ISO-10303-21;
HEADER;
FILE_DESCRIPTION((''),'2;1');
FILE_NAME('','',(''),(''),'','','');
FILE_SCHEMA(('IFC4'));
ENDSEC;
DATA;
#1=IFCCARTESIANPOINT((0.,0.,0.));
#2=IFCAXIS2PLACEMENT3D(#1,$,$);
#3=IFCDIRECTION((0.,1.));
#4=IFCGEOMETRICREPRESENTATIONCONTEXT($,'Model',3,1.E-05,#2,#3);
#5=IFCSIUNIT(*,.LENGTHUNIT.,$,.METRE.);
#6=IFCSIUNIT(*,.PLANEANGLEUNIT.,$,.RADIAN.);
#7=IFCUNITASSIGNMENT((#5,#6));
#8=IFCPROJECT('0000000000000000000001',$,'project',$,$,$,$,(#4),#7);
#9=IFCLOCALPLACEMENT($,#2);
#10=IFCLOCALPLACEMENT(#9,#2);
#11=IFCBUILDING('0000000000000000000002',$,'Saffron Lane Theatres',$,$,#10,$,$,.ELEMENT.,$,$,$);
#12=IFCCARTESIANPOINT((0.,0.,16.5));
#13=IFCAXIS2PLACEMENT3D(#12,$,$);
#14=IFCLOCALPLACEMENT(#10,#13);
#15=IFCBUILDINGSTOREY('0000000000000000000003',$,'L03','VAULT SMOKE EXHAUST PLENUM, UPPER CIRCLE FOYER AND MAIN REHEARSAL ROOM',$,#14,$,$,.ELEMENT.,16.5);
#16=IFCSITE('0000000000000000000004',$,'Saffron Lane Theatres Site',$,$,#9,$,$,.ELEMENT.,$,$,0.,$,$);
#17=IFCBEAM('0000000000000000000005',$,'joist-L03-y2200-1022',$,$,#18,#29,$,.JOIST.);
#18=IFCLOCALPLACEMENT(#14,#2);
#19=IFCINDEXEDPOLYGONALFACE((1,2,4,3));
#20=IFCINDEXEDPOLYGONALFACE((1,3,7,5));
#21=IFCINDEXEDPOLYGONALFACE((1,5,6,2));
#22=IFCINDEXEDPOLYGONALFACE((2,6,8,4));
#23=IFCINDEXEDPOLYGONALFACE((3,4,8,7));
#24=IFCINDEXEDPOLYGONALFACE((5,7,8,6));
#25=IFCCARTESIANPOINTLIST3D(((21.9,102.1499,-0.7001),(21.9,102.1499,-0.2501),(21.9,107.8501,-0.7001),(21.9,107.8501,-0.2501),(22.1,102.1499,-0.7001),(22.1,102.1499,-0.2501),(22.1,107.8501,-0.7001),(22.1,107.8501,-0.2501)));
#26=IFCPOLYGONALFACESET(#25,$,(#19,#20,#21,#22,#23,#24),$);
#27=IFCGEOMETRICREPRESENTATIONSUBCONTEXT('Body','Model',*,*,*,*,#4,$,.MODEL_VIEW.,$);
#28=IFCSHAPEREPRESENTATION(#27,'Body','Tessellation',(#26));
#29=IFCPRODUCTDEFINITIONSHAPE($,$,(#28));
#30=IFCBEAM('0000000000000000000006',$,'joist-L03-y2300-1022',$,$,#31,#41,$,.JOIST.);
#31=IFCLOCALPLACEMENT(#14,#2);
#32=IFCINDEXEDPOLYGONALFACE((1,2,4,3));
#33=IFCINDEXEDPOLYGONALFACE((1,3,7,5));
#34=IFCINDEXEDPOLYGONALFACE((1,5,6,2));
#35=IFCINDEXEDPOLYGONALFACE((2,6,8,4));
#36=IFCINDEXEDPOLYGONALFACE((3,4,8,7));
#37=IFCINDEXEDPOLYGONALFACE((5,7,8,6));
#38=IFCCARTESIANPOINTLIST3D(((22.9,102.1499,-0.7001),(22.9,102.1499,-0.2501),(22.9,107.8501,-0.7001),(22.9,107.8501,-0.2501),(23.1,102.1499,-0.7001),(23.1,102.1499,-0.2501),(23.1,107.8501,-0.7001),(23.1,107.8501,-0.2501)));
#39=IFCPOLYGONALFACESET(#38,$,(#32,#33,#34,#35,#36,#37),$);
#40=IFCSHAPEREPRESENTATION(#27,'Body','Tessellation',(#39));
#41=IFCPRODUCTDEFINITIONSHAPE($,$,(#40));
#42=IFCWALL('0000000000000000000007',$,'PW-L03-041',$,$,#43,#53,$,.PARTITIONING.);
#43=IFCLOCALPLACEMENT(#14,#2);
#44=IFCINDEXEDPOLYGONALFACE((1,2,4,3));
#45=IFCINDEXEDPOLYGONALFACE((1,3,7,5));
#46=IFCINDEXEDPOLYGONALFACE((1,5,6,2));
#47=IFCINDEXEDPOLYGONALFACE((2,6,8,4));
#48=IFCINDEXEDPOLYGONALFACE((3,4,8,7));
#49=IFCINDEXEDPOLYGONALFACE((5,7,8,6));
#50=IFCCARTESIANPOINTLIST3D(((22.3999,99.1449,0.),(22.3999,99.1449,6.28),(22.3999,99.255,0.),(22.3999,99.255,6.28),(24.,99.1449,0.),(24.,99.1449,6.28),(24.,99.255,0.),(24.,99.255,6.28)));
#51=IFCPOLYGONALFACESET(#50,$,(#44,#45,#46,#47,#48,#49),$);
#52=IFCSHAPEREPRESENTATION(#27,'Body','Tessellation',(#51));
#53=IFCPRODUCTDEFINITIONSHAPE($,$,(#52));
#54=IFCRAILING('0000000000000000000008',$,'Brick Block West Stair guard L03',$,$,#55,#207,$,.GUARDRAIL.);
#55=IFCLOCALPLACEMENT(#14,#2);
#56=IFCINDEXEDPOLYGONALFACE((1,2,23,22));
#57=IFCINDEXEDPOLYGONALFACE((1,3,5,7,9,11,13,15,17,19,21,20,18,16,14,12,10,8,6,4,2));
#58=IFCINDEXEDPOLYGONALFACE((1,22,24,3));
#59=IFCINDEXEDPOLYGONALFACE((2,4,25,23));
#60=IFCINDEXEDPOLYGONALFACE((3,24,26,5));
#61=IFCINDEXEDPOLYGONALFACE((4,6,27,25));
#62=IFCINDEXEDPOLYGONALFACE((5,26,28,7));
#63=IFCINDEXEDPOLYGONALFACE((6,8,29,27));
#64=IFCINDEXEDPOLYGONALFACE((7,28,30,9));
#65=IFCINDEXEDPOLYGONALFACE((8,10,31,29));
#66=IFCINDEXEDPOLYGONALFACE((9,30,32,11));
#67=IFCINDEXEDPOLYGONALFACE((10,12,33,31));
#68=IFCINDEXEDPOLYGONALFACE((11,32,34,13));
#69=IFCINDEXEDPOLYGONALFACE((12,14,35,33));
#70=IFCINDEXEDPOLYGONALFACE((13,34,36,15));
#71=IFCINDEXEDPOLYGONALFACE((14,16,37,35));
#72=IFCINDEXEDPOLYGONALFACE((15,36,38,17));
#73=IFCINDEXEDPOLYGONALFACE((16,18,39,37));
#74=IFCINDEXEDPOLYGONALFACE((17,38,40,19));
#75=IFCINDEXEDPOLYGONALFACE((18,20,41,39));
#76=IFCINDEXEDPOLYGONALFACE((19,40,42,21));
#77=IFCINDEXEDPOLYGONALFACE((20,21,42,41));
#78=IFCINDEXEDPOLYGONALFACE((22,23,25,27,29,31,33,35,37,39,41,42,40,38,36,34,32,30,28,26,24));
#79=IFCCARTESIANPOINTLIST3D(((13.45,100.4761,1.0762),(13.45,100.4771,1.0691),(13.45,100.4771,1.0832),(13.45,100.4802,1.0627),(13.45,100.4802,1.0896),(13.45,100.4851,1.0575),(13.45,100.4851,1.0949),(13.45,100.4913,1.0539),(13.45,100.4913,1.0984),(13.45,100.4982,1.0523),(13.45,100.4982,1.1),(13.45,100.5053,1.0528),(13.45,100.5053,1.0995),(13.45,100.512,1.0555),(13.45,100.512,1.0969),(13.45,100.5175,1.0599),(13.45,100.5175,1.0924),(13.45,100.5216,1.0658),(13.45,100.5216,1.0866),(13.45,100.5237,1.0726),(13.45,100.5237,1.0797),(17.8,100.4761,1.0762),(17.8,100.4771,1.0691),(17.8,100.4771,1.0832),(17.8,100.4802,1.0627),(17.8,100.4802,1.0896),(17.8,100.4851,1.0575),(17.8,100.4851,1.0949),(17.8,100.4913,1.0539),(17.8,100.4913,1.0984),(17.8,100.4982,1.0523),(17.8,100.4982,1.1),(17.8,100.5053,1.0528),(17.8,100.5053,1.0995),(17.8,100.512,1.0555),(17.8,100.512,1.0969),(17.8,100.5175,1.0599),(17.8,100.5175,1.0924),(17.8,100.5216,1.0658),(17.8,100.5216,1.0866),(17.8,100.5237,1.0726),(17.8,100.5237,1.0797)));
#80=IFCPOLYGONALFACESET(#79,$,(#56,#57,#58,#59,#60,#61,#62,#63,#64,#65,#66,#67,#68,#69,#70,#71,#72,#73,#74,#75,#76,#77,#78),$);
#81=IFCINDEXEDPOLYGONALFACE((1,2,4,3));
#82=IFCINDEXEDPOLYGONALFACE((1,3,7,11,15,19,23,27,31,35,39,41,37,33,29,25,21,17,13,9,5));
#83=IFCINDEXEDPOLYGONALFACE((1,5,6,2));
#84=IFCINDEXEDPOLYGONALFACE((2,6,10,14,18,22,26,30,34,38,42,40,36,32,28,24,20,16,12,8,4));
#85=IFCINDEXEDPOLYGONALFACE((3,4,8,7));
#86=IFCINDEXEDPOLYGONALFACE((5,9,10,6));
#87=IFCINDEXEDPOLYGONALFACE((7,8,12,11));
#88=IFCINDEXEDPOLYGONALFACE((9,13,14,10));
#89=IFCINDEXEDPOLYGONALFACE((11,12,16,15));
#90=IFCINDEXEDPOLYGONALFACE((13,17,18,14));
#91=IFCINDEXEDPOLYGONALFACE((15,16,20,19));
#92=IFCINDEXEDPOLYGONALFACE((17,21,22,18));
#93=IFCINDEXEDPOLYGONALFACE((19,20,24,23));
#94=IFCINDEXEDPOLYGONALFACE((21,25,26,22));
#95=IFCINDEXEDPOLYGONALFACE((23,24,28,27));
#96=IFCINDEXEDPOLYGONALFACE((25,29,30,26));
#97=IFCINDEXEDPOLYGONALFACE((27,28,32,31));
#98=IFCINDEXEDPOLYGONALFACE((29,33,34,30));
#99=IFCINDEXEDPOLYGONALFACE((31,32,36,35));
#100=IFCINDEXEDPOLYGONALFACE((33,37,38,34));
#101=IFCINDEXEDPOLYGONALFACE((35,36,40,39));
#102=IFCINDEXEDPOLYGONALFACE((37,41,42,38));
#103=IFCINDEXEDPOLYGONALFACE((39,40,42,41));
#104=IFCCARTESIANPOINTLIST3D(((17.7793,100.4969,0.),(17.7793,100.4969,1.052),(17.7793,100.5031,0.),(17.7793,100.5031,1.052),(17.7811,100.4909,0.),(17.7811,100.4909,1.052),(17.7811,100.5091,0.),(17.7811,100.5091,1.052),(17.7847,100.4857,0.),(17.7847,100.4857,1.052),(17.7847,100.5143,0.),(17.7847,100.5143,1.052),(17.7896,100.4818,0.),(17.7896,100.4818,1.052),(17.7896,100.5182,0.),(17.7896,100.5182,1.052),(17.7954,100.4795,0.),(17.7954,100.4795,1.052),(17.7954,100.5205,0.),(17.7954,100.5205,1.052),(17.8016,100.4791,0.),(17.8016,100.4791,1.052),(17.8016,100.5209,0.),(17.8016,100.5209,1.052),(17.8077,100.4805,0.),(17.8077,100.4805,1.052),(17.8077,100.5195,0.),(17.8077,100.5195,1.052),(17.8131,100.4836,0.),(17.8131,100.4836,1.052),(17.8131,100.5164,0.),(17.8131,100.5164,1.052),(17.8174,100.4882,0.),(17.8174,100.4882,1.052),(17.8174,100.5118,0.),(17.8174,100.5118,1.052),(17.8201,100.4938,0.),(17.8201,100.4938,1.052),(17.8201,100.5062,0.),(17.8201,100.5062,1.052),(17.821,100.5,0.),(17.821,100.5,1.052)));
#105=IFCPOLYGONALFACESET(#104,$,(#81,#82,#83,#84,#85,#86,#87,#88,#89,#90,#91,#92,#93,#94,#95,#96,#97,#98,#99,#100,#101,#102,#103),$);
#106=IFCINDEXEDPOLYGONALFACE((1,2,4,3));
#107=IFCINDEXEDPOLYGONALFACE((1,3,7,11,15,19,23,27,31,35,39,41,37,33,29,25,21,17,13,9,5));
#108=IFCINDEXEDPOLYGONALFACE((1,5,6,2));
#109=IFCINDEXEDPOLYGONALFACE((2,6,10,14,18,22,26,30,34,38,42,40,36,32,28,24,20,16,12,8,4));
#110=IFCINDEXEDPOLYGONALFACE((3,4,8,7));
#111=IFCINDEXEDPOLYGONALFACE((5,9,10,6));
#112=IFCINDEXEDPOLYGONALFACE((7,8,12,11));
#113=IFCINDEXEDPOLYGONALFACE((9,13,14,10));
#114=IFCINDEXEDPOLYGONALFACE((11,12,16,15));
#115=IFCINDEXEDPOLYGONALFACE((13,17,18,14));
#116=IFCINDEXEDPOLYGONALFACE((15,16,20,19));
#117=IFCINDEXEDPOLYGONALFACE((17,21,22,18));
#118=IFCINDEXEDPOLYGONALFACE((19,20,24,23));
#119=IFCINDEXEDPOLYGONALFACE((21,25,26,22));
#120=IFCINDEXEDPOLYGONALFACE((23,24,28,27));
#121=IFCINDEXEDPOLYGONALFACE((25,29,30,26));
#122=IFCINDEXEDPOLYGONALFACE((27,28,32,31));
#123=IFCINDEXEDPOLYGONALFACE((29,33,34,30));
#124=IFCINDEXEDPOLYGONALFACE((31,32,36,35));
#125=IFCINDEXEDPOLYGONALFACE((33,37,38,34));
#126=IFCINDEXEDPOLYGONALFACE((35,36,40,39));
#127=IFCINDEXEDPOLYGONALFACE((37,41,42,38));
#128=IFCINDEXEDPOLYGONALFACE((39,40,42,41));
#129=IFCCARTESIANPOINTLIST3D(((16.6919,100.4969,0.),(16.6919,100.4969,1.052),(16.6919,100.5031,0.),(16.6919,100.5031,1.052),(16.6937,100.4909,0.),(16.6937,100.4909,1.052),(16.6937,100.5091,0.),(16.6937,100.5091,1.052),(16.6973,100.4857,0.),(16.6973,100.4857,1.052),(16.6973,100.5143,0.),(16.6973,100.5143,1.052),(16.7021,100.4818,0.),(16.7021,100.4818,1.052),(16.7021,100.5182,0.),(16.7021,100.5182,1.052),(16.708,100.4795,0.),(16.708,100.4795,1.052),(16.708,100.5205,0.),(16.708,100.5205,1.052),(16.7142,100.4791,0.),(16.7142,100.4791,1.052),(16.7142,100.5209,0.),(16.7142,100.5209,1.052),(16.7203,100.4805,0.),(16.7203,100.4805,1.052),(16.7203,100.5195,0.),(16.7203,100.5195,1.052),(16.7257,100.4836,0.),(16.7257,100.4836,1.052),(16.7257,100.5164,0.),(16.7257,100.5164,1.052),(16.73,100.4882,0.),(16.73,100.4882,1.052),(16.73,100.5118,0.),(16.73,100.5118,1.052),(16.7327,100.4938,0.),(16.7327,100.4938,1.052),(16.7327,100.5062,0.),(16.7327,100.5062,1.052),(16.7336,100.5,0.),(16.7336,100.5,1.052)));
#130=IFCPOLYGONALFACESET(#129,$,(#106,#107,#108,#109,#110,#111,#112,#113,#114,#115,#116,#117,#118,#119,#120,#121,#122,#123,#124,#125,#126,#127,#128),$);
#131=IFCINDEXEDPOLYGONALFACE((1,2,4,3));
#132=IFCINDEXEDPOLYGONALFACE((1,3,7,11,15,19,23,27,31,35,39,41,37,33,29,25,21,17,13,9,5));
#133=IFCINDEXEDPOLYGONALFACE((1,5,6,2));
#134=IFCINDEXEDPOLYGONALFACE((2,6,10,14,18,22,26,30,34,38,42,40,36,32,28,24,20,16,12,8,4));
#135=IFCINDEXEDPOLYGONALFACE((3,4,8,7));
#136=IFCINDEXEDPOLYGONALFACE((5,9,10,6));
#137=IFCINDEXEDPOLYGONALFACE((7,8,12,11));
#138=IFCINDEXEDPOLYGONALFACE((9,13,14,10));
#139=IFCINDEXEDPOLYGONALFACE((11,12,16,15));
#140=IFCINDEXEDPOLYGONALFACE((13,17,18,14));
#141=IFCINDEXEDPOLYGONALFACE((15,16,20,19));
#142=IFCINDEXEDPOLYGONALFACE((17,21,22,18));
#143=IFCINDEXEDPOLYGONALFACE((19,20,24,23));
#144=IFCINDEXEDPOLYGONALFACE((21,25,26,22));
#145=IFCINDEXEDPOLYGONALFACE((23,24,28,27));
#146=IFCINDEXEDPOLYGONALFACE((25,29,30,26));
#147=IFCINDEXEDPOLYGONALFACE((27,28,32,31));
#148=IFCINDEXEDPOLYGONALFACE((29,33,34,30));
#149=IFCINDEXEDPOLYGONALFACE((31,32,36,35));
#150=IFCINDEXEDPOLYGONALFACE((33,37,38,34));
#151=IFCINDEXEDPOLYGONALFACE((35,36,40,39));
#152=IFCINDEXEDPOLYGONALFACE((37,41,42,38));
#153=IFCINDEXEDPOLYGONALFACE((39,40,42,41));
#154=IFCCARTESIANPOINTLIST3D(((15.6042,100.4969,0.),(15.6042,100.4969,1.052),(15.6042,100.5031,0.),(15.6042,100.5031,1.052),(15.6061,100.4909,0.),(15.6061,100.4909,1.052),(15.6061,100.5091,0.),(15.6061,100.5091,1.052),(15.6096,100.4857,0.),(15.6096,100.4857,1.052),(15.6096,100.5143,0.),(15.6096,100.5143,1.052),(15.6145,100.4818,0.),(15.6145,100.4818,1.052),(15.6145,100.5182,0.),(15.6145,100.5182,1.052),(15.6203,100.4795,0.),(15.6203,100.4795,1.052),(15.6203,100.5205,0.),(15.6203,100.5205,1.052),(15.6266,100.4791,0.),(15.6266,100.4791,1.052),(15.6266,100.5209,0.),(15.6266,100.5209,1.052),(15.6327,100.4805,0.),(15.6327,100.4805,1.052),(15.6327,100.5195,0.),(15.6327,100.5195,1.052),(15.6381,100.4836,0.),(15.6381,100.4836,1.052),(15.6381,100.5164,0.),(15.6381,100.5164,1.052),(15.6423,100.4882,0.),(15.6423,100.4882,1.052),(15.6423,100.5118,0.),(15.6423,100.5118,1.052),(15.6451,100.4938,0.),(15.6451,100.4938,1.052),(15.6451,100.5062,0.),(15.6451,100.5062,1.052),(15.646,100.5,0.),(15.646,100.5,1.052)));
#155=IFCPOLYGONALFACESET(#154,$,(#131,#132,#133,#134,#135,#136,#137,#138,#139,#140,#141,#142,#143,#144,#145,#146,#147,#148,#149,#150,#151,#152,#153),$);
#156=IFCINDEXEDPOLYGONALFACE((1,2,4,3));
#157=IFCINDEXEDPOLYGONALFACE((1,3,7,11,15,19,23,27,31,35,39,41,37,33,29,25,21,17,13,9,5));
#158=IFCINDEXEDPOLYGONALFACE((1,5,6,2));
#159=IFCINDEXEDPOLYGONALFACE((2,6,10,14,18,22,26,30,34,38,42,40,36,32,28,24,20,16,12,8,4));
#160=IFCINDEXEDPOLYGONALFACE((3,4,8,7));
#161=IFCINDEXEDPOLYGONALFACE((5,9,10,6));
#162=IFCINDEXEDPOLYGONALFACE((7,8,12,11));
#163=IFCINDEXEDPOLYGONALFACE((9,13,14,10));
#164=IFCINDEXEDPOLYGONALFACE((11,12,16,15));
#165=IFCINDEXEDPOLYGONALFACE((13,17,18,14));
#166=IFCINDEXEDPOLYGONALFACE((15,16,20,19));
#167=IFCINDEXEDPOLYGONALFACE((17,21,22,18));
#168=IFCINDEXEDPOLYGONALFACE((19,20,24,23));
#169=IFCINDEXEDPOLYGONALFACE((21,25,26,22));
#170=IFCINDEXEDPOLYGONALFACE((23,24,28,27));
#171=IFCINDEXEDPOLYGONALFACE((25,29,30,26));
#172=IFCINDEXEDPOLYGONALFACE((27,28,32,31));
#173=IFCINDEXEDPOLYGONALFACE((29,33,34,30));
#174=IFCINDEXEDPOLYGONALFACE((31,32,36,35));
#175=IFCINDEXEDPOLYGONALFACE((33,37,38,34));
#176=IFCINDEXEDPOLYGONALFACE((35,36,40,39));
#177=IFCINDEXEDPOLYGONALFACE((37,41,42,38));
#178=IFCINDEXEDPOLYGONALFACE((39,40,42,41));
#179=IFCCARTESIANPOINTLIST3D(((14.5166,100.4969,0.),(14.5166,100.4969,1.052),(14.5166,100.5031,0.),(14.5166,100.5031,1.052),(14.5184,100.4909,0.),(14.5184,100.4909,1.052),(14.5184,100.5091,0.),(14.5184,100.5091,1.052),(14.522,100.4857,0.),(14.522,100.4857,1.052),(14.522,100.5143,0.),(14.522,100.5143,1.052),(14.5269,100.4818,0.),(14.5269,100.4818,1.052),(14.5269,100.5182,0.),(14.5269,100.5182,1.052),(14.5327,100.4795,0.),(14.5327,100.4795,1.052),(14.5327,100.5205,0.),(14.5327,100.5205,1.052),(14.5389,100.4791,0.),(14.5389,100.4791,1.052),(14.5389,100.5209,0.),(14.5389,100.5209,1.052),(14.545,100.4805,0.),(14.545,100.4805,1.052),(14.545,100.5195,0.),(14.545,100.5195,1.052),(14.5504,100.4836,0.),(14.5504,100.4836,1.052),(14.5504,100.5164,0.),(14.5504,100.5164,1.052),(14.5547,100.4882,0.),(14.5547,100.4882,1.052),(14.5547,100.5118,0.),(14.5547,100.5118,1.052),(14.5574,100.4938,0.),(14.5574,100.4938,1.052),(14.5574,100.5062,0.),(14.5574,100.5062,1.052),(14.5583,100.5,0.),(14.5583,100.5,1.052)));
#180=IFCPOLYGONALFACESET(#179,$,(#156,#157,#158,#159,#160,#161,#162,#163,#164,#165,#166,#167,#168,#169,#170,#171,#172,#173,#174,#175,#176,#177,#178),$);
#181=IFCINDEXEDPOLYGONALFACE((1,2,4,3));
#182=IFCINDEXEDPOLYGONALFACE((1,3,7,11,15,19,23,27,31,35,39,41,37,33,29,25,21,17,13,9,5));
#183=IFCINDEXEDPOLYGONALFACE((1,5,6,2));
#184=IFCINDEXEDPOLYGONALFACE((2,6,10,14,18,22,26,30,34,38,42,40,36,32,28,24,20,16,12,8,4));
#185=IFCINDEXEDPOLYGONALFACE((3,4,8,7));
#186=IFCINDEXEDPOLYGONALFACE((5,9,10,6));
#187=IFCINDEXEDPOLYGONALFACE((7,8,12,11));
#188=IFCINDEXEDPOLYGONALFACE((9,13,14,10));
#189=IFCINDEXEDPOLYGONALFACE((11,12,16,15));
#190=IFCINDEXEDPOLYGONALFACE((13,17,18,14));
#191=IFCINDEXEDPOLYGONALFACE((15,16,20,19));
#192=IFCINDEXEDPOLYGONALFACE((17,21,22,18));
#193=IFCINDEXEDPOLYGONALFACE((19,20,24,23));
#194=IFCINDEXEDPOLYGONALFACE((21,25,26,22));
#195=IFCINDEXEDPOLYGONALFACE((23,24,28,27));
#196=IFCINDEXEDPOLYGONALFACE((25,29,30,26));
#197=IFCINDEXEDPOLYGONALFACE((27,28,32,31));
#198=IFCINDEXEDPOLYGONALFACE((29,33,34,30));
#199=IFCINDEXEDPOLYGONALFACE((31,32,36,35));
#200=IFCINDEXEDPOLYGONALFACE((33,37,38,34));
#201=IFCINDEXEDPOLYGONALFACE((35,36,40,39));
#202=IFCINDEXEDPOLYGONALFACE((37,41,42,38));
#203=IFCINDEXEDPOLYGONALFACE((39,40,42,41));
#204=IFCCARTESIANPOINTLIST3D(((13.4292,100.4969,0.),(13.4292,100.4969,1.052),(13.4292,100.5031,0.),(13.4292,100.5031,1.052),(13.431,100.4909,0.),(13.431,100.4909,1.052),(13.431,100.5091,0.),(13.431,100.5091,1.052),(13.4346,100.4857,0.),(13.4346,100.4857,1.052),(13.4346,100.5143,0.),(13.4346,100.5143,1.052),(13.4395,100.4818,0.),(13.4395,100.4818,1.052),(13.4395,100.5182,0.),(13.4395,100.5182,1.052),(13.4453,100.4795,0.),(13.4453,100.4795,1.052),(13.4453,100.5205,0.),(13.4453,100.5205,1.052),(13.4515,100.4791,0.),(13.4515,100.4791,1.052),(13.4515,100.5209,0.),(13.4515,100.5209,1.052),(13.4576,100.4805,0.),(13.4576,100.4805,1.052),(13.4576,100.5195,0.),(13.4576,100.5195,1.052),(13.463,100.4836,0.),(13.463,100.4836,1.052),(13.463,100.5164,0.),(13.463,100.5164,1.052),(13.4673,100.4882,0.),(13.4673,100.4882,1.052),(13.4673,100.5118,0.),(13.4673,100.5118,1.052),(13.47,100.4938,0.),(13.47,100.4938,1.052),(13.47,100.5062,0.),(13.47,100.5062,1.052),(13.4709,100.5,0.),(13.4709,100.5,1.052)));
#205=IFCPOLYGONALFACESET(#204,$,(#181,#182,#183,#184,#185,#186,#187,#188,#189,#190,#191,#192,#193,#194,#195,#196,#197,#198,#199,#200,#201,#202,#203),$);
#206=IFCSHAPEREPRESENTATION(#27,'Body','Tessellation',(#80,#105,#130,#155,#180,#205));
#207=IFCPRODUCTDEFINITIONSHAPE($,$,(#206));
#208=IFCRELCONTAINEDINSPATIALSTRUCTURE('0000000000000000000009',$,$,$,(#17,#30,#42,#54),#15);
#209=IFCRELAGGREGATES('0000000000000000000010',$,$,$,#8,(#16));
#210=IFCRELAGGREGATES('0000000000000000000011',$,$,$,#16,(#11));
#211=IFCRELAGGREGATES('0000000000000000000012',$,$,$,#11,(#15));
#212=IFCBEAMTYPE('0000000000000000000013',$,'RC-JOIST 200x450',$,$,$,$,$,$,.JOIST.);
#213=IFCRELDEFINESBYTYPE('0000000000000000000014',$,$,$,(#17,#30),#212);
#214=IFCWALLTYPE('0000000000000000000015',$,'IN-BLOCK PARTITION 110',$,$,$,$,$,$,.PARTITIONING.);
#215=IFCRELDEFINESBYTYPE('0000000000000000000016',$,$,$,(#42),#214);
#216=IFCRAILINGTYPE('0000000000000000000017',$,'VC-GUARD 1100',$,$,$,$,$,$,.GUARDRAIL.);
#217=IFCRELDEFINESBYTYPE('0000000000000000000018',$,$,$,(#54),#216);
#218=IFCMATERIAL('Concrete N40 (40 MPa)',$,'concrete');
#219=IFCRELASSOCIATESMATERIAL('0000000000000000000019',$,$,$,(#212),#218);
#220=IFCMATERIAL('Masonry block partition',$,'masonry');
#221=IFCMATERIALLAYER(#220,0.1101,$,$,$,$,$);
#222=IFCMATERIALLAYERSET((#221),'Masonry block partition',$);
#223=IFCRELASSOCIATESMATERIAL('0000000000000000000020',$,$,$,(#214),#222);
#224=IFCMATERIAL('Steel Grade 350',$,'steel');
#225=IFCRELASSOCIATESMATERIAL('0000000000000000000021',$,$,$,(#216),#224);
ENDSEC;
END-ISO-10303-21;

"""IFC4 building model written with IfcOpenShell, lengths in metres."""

from ifc_helpers import new_model, si_unit, direction, frame, frame_2d, origin, origin_2d, place, context, subcontext, project, spatial, rectangle, circle, extrude, material, layer, layer_set, material_profile, profile_set, type_object, element, save


model = new_model("IFC4")

# Units and contexts
model_context = context("Model", 3, precision=1e-05, world=origin(), true_north=direction((0.0, 1.0)))
body_context = subcontext(model_context, "Body", "Model", "MODEL_VIEW")
ifc_project = project(units=[si_unit("LENGTHUNIT", "METRE"), si_unit("PLANEANGLEUNIT", "RADIAN")], contexts=[model_context])

# Site, building, storey
site_placement = place(None, origin())
site = spatial("IfcSite", under=ifc_project, at=site_placement, Name="Saffron Lane Theatres Site", CompositionType="ELEMENT", RefElevation=0.0)
building_placement = place(site_placement, origin())
building = spatial("IfcBuilding", under=site, at=building_placement, Name="Saffron Lane Theatres", CompositionType="ELEMENT")
storey_placement = place(building_placement, frame((0.0, 0.0, 16.5)))
storey = spatial("IfcBuildingStorey", under=building, at=storey_placement, Name="L03", Description="VAULT SMOKE EXHAUST PLENUM, UPPER CIRCLE FOYER AND MAIN REHEARSAL ROOM", CompositionType="ELEMENT", Elevation=16.5)

# Beams
ifc_material_1 = material(Name="Concrete N40 (40 MPa)", Category="concrete")
ifc_material_profile_1 = material_profile(ifc_material_1, rectangle(XDim=0.2, YDim=0.45, at=origin_2d()))
ifc_profile_set_1 = profile_set([ifc_material_profile_1], Name="Concrete N40 (40 MPa)")
beam_type_1 = type_object("IfcBeamType", Name="RC-JOIST 200x450", PredefinedType="JOIST", material=ifc_profile_set_1)
for number, where, z_axis, x_axis, name in (
    (1, (22.0, 102.1499, -0.4751), (0.0, 1.0, 0.0), (-1.0, 0.0, 0.0), "joist-L03-y2200-1022"),
    (2, (23.0, 102.1499, -0.4751), (0.0, 1.0, 0.0), (-1.0, 0.0, 0.0), "joist-L03-y2300-1022"),
):
    element("IfcBeam", number, at=place(storey_placement, frame(where, z_axis=z_axis, x_axis=x_axis)), inside=storey, type_object=beam_type_1, Name=name, PredefinedType="JOIST", context=body_context, shape_type="SweptSolid", body=[
        extrude(rectangle(XDim=0.2, YDim=0.45, at=origin_2d()), origin(), (0.0, 0.0, 1.0), 5.7002),
    ])

# Wall
ifc_material_2 = material(Name="Masonry block partition", Category="masonry")
ifc_layer = layer(ifc_material_2, 0.1101)
ifc_layer_set = layer_set([ifc_layer], Name="Masonry block partition")
wall_type = type_object("IfcWallType", Name="IN-BLOCK PARTITION 110", PredefinedType="PARTITIONING", material=ifc_layer_set)
wall_placement = place(storey_placement, frame((22.3999, 99.2, 0.0), z_axis=(0.0, 0.0, 1.0), x_axis=(1.0, 0.0, 0.0)))
element("IfcWall", 3, at=wall_placement, inside=storey, type_object=wall_type, Name="PW-L03-041", PredefinedType="PARTITIONING", context=body_context, shape_type="SweptSolid", body=[
    extrude(rectangle(XDim=1.6001, YDim=0.1101, at=frame_2d((0.8, 0.0))), origin(), (0.0, 0.0, 1.0), 6.28),
])

# Railing
ifc_material_3 = material(Name="Steel Grade 350", Category="steel")
railing_type = type_object("IfcRailingType", Name="VC-GUARD 1100", PredefinedType="GUARDRAIL", material=ifc_material_3)
railing_placement = place(storey_placement, frame((17.8, 100.5, 0.0)))
element("IfcRailing", 4, at=railing_placement, inside=storey, type_object=railing_type, Name="Brick Block West Stair guard L03", PredefinedType="GUARDRAIL", context=body_context, shape_type="SweptSolid", body=[
    extrude(circle(Radius=0.0239, at=origin_2d()), frame((0.0, 0.0, 1.0762), z_axis=(-1.0, 0.0, 0.0), x_axis=(0.0, -1.0, 0.0)), (0.0, 0.0, 1.0), 4.3501),
    extrude(circle(Radius=0.021, at=origin_2d()), origin(), (0.0, 0.0, 1.0), 1.052),
    extrude(circle(Radius=0.021, at=origin_2d()), frame((-1.0874, 0.0, 0.0)), (0.0, 0.0, 1.0), 1.052),
    extrude(circle(Radius=0.021, at=origin_2d()), frame((-2.175, 0.0, 0.0)), (0.0, 0.0, 1.0), 1.052),
    extrude(circle(Radius=0.021, at=origin_2d()), frame((-3.2627, 0.0, 0.0)), (0.0, 0.0, 1.0), 1.052),
    extrude(circle(Radius=0.021, at=origin_2d()), frame((-4.3501, 0.0, 0.0)), (0.0, 0.0, 1.0), 1.052),
])

save(model, "model.ifc")
